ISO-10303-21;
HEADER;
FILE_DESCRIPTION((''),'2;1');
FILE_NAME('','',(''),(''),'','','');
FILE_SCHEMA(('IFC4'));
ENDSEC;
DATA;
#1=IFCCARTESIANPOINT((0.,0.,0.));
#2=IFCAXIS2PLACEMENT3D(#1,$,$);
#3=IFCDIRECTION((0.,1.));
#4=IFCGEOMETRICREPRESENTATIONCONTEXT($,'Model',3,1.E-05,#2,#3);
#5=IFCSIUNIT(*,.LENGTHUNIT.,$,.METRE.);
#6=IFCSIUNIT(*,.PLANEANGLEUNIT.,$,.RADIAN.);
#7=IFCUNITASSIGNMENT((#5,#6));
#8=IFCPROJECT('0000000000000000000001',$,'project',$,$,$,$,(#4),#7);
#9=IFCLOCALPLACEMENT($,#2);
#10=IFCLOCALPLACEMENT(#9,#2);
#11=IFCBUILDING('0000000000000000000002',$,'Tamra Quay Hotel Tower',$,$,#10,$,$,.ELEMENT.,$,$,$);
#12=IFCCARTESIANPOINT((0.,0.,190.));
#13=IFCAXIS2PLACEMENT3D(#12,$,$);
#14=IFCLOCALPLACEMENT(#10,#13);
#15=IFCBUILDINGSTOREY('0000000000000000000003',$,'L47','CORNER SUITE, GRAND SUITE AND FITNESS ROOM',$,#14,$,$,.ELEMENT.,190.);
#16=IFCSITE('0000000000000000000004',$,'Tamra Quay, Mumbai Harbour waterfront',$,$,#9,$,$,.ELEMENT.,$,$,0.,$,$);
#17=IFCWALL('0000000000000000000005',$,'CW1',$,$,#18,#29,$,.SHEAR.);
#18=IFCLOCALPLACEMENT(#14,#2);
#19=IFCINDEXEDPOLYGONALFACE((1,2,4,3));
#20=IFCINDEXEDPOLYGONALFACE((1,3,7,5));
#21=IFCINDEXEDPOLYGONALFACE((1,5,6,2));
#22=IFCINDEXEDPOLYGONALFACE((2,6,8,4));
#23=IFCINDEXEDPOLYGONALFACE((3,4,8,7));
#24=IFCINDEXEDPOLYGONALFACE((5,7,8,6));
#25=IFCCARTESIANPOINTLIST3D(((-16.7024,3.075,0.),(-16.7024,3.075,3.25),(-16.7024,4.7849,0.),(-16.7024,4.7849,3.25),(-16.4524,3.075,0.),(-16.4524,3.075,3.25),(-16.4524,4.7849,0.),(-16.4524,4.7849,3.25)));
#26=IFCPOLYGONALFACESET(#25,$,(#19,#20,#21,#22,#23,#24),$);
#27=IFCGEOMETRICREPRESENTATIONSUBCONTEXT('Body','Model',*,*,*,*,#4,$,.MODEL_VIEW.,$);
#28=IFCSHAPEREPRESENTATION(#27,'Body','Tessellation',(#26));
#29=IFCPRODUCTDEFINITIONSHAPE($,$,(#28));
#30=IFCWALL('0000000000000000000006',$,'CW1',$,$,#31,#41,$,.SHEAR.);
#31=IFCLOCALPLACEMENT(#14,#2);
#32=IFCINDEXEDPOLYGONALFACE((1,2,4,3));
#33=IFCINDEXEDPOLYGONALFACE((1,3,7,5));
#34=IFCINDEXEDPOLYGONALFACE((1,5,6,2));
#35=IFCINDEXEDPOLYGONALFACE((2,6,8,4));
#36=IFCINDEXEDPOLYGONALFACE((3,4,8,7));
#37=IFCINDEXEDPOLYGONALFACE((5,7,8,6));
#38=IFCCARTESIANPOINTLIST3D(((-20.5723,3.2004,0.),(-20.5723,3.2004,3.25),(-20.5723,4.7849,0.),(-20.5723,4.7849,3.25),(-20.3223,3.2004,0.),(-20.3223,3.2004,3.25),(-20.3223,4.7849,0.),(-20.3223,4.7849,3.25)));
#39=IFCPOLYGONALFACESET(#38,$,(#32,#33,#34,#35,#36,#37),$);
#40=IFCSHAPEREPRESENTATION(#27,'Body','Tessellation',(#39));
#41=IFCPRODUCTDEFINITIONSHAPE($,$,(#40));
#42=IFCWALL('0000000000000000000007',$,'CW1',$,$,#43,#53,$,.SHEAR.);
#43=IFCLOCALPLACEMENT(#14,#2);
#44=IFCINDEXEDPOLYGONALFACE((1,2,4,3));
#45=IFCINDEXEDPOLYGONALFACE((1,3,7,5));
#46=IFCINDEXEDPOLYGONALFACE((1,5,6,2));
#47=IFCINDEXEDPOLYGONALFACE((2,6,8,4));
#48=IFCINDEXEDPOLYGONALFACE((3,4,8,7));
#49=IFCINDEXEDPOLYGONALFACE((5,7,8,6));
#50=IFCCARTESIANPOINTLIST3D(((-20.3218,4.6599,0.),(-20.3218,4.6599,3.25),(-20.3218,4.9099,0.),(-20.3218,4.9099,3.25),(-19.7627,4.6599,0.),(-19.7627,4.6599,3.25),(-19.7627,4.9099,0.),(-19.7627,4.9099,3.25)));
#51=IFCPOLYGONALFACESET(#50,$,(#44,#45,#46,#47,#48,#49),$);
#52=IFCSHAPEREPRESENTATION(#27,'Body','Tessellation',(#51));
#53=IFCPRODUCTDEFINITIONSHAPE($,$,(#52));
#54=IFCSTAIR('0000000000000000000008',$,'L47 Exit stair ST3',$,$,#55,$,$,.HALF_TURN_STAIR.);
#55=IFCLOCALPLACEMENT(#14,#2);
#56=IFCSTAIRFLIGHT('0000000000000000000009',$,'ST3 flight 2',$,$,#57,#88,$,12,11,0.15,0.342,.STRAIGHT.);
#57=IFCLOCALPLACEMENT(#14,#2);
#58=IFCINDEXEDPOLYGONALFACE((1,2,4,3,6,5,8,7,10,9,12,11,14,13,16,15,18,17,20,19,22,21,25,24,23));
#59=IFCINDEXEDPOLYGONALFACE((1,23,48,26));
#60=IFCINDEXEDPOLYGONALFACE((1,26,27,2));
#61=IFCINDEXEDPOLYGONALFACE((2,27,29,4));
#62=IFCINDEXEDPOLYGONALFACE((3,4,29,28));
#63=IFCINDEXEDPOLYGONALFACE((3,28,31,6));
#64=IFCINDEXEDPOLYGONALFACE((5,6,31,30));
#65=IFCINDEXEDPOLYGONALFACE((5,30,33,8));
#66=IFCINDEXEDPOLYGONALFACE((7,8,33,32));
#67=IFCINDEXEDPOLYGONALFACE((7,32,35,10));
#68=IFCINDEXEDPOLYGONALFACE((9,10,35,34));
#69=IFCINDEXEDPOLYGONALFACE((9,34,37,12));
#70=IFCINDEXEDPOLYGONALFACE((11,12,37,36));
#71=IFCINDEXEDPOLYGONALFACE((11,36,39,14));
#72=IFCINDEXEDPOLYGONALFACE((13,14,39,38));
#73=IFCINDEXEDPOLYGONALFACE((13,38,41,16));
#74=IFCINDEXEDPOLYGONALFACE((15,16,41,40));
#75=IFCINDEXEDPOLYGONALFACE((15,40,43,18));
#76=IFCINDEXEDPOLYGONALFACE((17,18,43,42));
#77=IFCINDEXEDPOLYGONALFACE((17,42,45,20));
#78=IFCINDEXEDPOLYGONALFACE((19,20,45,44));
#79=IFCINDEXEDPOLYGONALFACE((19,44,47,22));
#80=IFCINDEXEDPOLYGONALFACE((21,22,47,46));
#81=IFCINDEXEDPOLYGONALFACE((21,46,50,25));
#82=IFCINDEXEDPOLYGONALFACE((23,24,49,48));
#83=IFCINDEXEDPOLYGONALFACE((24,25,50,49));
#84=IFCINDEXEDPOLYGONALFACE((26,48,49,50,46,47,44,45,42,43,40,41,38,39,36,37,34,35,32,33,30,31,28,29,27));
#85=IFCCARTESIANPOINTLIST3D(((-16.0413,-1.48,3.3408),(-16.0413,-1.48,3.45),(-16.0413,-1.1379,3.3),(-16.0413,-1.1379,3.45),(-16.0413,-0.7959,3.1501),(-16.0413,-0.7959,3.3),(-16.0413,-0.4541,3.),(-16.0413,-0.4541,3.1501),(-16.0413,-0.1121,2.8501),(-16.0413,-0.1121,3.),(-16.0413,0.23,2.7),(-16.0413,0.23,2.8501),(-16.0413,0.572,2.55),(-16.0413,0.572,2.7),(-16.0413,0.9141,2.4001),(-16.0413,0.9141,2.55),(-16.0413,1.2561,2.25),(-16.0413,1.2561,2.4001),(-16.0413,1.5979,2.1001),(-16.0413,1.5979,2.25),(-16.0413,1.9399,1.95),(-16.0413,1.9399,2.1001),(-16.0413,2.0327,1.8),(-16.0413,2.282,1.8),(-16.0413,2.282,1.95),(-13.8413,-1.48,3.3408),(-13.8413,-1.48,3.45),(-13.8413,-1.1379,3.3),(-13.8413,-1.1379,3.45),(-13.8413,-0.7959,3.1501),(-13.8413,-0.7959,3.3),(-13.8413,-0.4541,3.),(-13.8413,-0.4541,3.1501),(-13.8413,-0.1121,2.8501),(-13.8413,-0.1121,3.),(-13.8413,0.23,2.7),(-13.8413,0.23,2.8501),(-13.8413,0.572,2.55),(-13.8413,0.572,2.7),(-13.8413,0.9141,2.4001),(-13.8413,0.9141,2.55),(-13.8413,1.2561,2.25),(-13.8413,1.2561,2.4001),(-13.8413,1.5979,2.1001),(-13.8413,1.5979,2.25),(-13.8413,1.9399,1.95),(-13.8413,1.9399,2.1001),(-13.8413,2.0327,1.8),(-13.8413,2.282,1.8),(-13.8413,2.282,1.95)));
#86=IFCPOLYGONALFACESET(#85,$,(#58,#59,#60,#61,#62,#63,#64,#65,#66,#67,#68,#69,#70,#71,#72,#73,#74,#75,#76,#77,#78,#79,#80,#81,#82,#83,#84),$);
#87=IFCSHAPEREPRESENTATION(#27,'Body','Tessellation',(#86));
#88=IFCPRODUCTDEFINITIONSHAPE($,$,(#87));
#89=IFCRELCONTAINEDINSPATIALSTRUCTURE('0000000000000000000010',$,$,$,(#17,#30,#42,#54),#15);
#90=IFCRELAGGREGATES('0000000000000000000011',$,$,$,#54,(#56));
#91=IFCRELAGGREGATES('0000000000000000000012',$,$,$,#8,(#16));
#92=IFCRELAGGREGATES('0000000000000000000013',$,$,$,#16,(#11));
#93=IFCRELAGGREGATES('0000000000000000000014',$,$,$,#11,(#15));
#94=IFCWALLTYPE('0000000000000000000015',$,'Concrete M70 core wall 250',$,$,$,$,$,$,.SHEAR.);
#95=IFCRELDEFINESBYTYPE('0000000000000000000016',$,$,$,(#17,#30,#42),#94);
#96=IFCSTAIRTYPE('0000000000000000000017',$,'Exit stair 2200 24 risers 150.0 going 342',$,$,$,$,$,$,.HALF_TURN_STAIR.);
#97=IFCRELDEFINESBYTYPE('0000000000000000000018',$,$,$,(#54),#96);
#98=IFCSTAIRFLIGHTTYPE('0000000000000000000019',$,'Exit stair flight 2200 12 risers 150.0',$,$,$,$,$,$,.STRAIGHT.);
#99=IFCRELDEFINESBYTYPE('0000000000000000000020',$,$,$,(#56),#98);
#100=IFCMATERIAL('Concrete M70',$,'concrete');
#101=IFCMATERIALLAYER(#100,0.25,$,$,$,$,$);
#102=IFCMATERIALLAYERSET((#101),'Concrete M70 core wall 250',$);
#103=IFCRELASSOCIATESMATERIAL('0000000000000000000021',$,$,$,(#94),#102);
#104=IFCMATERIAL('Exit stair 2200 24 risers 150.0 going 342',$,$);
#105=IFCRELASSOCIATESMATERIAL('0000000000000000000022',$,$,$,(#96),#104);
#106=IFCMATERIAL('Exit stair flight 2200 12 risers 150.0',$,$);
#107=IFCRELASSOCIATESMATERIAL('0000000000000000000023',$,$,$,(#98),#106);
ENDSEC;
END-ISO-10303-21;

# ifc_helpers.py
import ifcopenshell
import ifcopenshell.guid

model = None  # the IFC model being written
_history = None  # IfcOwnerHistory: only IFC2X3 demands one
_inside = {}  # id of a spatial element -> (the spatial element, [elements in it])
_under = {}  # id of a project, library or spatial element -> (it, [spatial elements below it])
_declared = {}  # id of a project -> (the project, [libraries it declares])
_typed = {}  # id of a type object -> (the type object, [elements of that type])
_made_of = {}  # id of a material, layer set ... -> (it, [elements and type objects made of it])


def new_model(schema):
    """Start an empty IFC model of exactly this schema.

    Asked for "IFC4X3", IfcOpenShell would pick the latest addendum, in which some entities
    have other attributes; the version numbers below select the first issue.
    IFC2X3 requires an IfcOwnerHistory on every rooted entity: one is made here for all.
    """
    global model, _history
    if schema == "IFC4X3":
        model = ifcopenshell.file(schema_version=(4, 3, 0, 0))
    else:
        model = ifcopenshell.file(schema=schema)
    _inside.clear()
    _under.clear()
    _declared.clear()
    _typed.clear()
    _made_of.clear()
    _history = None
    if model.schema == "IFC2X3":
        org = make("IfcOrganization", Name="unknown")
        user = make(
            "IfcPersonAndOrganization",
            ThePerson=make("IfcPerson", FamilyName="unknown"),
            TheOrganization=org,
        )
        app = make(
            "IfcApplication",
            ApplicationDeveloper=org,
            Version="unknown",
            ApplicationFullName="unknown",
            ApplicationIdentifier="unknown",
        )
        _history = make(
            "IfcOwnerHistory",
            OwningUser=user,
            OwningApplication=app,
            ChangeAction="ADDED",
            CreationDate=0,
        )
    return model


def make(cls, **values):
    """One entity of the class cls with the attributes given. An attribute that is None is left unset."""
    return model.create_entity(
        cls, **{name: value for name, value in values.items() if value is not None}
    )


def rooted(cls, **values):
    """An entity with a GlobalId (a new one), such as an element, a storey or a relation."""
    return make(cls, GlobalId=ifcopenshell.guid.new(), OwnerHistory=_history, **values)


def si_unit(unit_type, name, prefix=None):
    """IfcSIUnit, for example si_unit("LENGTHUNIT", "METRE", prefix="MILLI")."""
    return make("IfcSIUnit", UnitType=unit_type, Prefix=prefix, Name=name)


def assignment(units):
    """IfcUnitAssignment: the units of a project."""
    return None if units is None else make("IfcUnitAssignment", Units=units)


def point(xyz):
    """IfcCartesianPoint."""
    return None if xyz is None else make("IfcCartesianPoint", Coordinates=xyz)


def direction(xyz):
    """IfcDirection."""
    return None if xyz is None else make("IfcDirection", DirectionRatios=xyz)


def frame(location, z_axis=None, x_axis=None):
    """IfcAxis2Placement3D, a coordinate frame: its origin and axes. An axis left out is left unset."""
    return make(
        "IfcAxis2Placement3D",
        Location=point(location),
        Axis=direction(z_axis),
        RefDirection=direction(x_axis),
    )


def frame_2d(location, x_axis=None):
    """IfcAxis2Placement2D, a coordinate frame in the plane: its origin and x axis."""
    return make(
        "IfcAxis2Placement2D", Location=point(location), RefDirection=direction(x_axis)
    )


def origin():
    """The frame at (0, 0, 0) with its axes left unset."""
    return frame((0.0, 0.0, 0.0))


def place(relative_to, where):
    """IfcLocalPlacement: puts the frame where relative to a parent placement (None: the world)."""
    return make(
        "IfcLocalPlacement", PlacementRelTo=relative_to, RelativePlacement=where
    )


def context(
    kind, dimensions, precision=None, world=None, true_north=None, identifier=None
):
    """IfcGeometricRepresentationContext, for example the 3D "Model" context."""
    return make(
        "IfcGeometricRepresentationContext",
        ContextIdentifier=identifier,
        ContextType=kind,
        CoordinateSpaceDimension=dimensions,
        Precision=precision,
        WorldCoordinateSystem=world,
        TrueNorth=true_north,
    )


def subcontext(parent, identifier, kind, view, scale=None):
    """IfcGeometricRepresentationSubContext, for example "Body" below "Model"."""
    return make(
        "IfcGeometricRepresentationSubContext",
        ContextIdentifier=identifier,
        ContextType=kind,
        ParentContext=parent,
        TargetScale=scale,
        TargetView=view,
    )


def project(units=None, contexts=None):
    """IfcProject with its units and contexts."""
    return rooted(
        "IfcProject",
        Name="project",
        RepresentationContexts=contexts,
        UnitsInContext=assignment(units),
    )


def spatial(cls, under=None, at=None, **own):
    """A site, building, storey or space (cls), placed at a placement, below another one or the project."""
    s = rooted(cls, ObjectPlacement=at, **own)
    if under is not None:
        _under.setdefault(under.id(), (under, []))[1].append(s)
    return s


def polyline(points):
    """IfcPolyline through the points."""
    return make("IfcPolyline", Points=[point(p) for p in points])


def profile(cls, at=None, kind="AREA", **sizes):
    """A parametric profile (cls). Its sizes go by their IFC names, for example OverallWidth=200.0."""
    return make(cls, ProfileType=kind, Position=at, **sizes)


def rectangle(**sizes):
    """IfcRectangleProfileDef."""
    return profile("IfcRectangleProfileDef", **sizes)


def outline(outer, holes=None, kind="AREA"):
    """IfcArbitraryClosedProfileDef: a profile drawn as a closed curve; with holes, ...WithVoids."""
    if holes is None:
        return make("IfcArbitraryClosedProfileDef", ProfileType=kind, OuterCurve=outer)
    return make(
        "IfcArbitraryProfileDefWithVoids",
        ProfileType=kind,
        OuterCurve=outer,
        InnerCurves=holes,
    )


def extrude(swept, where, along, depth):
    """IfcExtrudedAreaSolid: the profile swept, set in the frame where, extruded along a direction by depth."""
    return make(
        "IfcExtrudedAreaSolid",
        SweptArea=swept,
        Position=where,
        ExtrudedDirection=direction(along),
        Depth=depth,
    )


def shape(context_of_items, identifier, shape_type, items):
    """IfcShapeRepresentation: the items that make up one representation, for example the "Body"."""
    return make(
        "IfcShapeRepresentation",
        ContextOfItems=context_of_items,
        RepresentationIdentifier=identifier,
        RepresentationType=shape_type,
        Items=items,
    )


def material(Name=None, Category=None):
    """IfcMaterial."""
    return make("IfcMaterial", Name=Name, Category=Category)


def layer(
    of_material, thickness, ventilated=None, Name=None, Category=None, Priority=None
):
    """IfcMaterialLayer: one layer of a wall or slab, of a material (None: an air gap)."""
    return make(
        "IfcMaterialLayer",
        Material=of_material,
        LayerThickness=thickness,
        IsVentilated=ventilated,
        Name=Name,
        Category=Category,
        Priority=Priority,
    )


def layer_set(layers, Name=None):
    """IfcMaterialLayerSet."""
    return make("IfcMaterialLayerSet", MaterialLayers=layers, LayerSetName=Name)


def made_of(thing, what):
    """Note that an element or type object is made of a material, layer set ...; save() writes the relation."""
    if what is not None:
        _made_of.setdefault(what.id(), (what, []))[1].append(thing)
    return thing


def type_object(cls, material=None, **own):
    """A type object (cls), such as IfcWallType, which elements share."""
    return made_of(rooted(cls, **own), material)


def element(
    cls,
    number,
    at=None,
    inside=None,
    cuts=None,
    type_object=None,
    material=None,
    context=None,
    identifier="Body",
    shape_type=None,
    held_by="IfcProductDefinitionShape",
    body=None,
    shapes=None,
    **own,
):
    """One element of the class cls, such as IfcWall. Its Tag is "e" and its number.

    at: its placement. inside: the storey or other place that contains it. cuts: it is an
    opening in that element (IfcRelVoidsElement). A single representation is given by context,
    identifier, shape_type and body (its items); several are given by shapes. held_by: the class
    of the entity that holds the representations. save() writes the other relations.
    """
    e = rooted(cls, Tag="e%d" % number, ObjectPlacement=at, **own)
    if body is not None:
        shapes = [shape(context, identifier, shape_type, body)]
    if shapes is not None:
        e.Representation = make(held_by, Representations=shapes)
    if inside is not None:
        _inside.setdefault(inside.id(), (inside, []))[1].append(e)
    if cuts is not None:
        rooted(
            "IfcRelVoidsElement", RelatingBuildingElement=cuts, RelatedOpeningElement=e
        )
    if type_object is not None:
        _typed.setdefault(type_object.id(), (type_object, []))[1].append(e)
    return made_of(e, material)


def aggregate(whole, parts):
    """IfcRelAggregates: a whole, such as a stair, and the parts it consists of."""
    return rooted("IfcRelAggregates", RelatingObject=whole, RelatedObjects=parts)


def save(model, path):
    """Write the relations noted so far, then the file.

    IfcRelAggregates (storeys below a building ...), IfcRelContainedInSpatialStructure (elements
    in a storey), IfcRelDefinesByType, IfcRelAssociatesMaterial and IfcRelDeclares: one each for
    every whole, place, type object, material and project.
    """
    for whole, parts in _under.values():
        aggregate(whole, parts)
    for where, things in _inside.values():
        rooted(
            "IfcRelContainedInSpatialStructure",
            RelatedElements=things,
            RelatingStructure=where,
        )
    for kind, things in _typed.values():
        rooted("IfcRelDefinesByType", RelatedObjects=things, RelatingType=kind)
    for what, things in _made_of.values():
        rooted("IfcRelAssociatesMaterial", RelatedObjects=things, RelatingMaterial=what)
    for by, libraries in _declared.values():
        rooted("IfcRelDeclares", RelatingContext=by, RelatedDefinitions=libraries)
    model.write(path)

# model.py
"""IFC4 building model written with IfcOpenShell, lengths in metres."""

from ifc_helpers import new_model, si_unit, direction, frame, frame_2d, origin, place, context, subcontext, project, spatial, polyline, rectangle, outline, extrude, material, layer, layer_set, type_object, element, aggregate, save


model = new_model("IFC4")

# Units and contexts
model_context = context("Model", 3, precision=1e-05, world=origin(), true_north=direction((0.0, 1.0)))
body_context = subcontext(model_context, "Body", "Model", "MODEL_VIEW")
ifc_project = project(units=[si_unit("LENGTHUNIT", "METRE"), si_unit("PLANEANGLEUNIT", "RADIAN")], contexts=[model_context])

# Site, building, storey
site_placement = place(None, origin())
site = spatial("IfcSite", under=ifc_project, at=site_placement, Name="Tamra Quay, Mumbai Harbour waterfront", CompositionType="ELEMENT", RefElevation=0.0)
building_placement = place(site_placement, origin())
building = spatial("IfcBuilding", under=site, at=building_placement, Name="Tamra Quay Hotel Tower", CompositionType="ELEMENT")
storey_placement = place(building_placement, frame((0.0, 0.0, 190.0)))
storey = spatial("IfcBuildingStorey", under=building, at=storey_placement, Name="L47", Description="CORNER SUITE, GRAND SUITE AND FITNESS ROOM", CompositionType="ELEMENT", Elevation=190.0)

# Shared definitions
ifc_material_1 = material(Name="Concrete M70", Category="concrete")

# Walls
ifc_layer_1 = layer(ifc_material_1, 0.25)
ifc_layer_set_1 = layer_set([ifc_layer_1], Name="Concrete M70 core wall 250")
wall_type_1 = type_object("IfcWallType", Name="Concrete M70 core wall 250", PredefinedType="SHEAR", material=ifc_layer_set_1)
wall_1_placement = place(storey_placement, frame((-16.5774, 4.7849, 0.0), z_axis=(0.0, 0.0, 1.0), x_axis=(0.0, -1.0, 0.0)))
element("IfcWall", 1, at=wall_1_placement, inside=storey, type_object=wall_type_1, Name="CW1", PredefinedType="SHEAR", context=body_context, shape_type="SweptSolid", body=[
    extrude(rectangle(XDim=1.71, YDim=0.25, at=frame_2d((0.855, 0.0))), origin(), (0.0, 0.0, 1.0), 3.25),
])
wall_2_placement = place(storey_placement, frame((-20.4473, 3.2004, 0.0), z_axis=(0.0, 0.0, 1.0), x_axis=(0.0, 1.0, 0.0)))
element("IfcWall", 2, at=wall_2_placement, inside=storey, type_object=wall_type_1, Name="CW1", PredefinedType="SHEAR", context=body_context, shape_type="SweptSolid", body=[
    extrude(rectangle(XDim=1.5845, YDim=0.25, at=frame_2d((0.7922, 0.0))), origin(), (0.0, 0.0, 1.0), 3.25),
])
wall_3_placement = place(storey_placement, frame((-20.3218, 4.7849, 0.0), z_axis=(0.0, 0.0, 1.0), x_axis=(1.0, 0.0, 0.0)))
element("IfcWall", 3, at=wall_3_placement, inside=storey, type_object=wall_type_1, Name="CW1", PredefinedType="SHEAR", context=body_context, shape_type="SweptSolid", body=[
    extrude(rectangle(XDim=0.5591, YDim=0.25, at=frame_2d((0.2795, 0.0))), origin(), (0.0, 0.0, 1.0), 3.25),
])

# Stair, stair flight
ifc_material_2 = material(Name="Exit stair 2200 24 risers 150.0 going 342")
stair_type = type_object("IfcStairType", Name="Exit stair 2200 24 risers 150.0 going 342", PredefinedType="HALF_TURN_STAIR", material=ifc_material_2)
stair_placement = place(storey_placement, origin())
stair = element("IfcStair", 4, at=stair_placement, inside=storey, type_object=stair_type, Name="L47 Exit stair ST3", PredefinedType="HALF_TURN_STAIR")
ifc_material_3 = material(Name="Exit stair flight 2200 12 risers 150.0")
stair_flight_type = type_object("IfcStairFlightType", Name="Exit stair flight 2200 12 risers 150.0", PredefinedType="STRAIGHT", material=ifc_material_3)
stair_flight_placement = place(storey_placement, frame((-14.9414, 2.282, 1.8), z_axis=(0.0, 0.0, 1.0), x_axis=(0.0, -1.0, 0.0)))
stair_flight = element("IfcStairFlight", 5, at=stair_flight_placement, type_object=stair_flight_type, Name="ST3 flight 2", NumberOfRisers=12, NumberOfTreads=11, PredefinedType="STRAIGHT", RiserHeight=0.15, TreadLength=0.342, context=body_context, shape_type="SweptSolid", body=[
    extrude(outline(polyline([(0.0, 0.0), (0.0, 0.1499), (0.342, 0.1499), (0.342, 0.3), (0.6841, 0.3), (0.6841, 0.45), (1.0259, 0.45), (1.0259, 0.6001), (1.3679, 0.6001), (1.3679, 0.75), (1.71, 0.75), (1.71, 0.8999), (2.052, 0.8999), (2.052, 1.05), (2.394, 1.05), (2.394, 1.2), (2.7361, 1.2), (2.7361, 1.3501), (3.0779, 1.3501), (3.0779, 1.5), (3.4199, 1.5), (3.4199, 1.6499), (3.762, 1.6499), (3.762, 1.8), (3.762, 1.5408), (0.2493, 0.0), (0.0, 0.0)])), frame((0.0, 1.1001, 0.0), z_axis=(0.0, -1.0, 0.0), x_axis=(1.0, 0.0, 0.0)), (0.0, 0.0, 1.0), 2.2),
])
aggregate(stair, [stair_flight])

save(model, "model.ifc")
